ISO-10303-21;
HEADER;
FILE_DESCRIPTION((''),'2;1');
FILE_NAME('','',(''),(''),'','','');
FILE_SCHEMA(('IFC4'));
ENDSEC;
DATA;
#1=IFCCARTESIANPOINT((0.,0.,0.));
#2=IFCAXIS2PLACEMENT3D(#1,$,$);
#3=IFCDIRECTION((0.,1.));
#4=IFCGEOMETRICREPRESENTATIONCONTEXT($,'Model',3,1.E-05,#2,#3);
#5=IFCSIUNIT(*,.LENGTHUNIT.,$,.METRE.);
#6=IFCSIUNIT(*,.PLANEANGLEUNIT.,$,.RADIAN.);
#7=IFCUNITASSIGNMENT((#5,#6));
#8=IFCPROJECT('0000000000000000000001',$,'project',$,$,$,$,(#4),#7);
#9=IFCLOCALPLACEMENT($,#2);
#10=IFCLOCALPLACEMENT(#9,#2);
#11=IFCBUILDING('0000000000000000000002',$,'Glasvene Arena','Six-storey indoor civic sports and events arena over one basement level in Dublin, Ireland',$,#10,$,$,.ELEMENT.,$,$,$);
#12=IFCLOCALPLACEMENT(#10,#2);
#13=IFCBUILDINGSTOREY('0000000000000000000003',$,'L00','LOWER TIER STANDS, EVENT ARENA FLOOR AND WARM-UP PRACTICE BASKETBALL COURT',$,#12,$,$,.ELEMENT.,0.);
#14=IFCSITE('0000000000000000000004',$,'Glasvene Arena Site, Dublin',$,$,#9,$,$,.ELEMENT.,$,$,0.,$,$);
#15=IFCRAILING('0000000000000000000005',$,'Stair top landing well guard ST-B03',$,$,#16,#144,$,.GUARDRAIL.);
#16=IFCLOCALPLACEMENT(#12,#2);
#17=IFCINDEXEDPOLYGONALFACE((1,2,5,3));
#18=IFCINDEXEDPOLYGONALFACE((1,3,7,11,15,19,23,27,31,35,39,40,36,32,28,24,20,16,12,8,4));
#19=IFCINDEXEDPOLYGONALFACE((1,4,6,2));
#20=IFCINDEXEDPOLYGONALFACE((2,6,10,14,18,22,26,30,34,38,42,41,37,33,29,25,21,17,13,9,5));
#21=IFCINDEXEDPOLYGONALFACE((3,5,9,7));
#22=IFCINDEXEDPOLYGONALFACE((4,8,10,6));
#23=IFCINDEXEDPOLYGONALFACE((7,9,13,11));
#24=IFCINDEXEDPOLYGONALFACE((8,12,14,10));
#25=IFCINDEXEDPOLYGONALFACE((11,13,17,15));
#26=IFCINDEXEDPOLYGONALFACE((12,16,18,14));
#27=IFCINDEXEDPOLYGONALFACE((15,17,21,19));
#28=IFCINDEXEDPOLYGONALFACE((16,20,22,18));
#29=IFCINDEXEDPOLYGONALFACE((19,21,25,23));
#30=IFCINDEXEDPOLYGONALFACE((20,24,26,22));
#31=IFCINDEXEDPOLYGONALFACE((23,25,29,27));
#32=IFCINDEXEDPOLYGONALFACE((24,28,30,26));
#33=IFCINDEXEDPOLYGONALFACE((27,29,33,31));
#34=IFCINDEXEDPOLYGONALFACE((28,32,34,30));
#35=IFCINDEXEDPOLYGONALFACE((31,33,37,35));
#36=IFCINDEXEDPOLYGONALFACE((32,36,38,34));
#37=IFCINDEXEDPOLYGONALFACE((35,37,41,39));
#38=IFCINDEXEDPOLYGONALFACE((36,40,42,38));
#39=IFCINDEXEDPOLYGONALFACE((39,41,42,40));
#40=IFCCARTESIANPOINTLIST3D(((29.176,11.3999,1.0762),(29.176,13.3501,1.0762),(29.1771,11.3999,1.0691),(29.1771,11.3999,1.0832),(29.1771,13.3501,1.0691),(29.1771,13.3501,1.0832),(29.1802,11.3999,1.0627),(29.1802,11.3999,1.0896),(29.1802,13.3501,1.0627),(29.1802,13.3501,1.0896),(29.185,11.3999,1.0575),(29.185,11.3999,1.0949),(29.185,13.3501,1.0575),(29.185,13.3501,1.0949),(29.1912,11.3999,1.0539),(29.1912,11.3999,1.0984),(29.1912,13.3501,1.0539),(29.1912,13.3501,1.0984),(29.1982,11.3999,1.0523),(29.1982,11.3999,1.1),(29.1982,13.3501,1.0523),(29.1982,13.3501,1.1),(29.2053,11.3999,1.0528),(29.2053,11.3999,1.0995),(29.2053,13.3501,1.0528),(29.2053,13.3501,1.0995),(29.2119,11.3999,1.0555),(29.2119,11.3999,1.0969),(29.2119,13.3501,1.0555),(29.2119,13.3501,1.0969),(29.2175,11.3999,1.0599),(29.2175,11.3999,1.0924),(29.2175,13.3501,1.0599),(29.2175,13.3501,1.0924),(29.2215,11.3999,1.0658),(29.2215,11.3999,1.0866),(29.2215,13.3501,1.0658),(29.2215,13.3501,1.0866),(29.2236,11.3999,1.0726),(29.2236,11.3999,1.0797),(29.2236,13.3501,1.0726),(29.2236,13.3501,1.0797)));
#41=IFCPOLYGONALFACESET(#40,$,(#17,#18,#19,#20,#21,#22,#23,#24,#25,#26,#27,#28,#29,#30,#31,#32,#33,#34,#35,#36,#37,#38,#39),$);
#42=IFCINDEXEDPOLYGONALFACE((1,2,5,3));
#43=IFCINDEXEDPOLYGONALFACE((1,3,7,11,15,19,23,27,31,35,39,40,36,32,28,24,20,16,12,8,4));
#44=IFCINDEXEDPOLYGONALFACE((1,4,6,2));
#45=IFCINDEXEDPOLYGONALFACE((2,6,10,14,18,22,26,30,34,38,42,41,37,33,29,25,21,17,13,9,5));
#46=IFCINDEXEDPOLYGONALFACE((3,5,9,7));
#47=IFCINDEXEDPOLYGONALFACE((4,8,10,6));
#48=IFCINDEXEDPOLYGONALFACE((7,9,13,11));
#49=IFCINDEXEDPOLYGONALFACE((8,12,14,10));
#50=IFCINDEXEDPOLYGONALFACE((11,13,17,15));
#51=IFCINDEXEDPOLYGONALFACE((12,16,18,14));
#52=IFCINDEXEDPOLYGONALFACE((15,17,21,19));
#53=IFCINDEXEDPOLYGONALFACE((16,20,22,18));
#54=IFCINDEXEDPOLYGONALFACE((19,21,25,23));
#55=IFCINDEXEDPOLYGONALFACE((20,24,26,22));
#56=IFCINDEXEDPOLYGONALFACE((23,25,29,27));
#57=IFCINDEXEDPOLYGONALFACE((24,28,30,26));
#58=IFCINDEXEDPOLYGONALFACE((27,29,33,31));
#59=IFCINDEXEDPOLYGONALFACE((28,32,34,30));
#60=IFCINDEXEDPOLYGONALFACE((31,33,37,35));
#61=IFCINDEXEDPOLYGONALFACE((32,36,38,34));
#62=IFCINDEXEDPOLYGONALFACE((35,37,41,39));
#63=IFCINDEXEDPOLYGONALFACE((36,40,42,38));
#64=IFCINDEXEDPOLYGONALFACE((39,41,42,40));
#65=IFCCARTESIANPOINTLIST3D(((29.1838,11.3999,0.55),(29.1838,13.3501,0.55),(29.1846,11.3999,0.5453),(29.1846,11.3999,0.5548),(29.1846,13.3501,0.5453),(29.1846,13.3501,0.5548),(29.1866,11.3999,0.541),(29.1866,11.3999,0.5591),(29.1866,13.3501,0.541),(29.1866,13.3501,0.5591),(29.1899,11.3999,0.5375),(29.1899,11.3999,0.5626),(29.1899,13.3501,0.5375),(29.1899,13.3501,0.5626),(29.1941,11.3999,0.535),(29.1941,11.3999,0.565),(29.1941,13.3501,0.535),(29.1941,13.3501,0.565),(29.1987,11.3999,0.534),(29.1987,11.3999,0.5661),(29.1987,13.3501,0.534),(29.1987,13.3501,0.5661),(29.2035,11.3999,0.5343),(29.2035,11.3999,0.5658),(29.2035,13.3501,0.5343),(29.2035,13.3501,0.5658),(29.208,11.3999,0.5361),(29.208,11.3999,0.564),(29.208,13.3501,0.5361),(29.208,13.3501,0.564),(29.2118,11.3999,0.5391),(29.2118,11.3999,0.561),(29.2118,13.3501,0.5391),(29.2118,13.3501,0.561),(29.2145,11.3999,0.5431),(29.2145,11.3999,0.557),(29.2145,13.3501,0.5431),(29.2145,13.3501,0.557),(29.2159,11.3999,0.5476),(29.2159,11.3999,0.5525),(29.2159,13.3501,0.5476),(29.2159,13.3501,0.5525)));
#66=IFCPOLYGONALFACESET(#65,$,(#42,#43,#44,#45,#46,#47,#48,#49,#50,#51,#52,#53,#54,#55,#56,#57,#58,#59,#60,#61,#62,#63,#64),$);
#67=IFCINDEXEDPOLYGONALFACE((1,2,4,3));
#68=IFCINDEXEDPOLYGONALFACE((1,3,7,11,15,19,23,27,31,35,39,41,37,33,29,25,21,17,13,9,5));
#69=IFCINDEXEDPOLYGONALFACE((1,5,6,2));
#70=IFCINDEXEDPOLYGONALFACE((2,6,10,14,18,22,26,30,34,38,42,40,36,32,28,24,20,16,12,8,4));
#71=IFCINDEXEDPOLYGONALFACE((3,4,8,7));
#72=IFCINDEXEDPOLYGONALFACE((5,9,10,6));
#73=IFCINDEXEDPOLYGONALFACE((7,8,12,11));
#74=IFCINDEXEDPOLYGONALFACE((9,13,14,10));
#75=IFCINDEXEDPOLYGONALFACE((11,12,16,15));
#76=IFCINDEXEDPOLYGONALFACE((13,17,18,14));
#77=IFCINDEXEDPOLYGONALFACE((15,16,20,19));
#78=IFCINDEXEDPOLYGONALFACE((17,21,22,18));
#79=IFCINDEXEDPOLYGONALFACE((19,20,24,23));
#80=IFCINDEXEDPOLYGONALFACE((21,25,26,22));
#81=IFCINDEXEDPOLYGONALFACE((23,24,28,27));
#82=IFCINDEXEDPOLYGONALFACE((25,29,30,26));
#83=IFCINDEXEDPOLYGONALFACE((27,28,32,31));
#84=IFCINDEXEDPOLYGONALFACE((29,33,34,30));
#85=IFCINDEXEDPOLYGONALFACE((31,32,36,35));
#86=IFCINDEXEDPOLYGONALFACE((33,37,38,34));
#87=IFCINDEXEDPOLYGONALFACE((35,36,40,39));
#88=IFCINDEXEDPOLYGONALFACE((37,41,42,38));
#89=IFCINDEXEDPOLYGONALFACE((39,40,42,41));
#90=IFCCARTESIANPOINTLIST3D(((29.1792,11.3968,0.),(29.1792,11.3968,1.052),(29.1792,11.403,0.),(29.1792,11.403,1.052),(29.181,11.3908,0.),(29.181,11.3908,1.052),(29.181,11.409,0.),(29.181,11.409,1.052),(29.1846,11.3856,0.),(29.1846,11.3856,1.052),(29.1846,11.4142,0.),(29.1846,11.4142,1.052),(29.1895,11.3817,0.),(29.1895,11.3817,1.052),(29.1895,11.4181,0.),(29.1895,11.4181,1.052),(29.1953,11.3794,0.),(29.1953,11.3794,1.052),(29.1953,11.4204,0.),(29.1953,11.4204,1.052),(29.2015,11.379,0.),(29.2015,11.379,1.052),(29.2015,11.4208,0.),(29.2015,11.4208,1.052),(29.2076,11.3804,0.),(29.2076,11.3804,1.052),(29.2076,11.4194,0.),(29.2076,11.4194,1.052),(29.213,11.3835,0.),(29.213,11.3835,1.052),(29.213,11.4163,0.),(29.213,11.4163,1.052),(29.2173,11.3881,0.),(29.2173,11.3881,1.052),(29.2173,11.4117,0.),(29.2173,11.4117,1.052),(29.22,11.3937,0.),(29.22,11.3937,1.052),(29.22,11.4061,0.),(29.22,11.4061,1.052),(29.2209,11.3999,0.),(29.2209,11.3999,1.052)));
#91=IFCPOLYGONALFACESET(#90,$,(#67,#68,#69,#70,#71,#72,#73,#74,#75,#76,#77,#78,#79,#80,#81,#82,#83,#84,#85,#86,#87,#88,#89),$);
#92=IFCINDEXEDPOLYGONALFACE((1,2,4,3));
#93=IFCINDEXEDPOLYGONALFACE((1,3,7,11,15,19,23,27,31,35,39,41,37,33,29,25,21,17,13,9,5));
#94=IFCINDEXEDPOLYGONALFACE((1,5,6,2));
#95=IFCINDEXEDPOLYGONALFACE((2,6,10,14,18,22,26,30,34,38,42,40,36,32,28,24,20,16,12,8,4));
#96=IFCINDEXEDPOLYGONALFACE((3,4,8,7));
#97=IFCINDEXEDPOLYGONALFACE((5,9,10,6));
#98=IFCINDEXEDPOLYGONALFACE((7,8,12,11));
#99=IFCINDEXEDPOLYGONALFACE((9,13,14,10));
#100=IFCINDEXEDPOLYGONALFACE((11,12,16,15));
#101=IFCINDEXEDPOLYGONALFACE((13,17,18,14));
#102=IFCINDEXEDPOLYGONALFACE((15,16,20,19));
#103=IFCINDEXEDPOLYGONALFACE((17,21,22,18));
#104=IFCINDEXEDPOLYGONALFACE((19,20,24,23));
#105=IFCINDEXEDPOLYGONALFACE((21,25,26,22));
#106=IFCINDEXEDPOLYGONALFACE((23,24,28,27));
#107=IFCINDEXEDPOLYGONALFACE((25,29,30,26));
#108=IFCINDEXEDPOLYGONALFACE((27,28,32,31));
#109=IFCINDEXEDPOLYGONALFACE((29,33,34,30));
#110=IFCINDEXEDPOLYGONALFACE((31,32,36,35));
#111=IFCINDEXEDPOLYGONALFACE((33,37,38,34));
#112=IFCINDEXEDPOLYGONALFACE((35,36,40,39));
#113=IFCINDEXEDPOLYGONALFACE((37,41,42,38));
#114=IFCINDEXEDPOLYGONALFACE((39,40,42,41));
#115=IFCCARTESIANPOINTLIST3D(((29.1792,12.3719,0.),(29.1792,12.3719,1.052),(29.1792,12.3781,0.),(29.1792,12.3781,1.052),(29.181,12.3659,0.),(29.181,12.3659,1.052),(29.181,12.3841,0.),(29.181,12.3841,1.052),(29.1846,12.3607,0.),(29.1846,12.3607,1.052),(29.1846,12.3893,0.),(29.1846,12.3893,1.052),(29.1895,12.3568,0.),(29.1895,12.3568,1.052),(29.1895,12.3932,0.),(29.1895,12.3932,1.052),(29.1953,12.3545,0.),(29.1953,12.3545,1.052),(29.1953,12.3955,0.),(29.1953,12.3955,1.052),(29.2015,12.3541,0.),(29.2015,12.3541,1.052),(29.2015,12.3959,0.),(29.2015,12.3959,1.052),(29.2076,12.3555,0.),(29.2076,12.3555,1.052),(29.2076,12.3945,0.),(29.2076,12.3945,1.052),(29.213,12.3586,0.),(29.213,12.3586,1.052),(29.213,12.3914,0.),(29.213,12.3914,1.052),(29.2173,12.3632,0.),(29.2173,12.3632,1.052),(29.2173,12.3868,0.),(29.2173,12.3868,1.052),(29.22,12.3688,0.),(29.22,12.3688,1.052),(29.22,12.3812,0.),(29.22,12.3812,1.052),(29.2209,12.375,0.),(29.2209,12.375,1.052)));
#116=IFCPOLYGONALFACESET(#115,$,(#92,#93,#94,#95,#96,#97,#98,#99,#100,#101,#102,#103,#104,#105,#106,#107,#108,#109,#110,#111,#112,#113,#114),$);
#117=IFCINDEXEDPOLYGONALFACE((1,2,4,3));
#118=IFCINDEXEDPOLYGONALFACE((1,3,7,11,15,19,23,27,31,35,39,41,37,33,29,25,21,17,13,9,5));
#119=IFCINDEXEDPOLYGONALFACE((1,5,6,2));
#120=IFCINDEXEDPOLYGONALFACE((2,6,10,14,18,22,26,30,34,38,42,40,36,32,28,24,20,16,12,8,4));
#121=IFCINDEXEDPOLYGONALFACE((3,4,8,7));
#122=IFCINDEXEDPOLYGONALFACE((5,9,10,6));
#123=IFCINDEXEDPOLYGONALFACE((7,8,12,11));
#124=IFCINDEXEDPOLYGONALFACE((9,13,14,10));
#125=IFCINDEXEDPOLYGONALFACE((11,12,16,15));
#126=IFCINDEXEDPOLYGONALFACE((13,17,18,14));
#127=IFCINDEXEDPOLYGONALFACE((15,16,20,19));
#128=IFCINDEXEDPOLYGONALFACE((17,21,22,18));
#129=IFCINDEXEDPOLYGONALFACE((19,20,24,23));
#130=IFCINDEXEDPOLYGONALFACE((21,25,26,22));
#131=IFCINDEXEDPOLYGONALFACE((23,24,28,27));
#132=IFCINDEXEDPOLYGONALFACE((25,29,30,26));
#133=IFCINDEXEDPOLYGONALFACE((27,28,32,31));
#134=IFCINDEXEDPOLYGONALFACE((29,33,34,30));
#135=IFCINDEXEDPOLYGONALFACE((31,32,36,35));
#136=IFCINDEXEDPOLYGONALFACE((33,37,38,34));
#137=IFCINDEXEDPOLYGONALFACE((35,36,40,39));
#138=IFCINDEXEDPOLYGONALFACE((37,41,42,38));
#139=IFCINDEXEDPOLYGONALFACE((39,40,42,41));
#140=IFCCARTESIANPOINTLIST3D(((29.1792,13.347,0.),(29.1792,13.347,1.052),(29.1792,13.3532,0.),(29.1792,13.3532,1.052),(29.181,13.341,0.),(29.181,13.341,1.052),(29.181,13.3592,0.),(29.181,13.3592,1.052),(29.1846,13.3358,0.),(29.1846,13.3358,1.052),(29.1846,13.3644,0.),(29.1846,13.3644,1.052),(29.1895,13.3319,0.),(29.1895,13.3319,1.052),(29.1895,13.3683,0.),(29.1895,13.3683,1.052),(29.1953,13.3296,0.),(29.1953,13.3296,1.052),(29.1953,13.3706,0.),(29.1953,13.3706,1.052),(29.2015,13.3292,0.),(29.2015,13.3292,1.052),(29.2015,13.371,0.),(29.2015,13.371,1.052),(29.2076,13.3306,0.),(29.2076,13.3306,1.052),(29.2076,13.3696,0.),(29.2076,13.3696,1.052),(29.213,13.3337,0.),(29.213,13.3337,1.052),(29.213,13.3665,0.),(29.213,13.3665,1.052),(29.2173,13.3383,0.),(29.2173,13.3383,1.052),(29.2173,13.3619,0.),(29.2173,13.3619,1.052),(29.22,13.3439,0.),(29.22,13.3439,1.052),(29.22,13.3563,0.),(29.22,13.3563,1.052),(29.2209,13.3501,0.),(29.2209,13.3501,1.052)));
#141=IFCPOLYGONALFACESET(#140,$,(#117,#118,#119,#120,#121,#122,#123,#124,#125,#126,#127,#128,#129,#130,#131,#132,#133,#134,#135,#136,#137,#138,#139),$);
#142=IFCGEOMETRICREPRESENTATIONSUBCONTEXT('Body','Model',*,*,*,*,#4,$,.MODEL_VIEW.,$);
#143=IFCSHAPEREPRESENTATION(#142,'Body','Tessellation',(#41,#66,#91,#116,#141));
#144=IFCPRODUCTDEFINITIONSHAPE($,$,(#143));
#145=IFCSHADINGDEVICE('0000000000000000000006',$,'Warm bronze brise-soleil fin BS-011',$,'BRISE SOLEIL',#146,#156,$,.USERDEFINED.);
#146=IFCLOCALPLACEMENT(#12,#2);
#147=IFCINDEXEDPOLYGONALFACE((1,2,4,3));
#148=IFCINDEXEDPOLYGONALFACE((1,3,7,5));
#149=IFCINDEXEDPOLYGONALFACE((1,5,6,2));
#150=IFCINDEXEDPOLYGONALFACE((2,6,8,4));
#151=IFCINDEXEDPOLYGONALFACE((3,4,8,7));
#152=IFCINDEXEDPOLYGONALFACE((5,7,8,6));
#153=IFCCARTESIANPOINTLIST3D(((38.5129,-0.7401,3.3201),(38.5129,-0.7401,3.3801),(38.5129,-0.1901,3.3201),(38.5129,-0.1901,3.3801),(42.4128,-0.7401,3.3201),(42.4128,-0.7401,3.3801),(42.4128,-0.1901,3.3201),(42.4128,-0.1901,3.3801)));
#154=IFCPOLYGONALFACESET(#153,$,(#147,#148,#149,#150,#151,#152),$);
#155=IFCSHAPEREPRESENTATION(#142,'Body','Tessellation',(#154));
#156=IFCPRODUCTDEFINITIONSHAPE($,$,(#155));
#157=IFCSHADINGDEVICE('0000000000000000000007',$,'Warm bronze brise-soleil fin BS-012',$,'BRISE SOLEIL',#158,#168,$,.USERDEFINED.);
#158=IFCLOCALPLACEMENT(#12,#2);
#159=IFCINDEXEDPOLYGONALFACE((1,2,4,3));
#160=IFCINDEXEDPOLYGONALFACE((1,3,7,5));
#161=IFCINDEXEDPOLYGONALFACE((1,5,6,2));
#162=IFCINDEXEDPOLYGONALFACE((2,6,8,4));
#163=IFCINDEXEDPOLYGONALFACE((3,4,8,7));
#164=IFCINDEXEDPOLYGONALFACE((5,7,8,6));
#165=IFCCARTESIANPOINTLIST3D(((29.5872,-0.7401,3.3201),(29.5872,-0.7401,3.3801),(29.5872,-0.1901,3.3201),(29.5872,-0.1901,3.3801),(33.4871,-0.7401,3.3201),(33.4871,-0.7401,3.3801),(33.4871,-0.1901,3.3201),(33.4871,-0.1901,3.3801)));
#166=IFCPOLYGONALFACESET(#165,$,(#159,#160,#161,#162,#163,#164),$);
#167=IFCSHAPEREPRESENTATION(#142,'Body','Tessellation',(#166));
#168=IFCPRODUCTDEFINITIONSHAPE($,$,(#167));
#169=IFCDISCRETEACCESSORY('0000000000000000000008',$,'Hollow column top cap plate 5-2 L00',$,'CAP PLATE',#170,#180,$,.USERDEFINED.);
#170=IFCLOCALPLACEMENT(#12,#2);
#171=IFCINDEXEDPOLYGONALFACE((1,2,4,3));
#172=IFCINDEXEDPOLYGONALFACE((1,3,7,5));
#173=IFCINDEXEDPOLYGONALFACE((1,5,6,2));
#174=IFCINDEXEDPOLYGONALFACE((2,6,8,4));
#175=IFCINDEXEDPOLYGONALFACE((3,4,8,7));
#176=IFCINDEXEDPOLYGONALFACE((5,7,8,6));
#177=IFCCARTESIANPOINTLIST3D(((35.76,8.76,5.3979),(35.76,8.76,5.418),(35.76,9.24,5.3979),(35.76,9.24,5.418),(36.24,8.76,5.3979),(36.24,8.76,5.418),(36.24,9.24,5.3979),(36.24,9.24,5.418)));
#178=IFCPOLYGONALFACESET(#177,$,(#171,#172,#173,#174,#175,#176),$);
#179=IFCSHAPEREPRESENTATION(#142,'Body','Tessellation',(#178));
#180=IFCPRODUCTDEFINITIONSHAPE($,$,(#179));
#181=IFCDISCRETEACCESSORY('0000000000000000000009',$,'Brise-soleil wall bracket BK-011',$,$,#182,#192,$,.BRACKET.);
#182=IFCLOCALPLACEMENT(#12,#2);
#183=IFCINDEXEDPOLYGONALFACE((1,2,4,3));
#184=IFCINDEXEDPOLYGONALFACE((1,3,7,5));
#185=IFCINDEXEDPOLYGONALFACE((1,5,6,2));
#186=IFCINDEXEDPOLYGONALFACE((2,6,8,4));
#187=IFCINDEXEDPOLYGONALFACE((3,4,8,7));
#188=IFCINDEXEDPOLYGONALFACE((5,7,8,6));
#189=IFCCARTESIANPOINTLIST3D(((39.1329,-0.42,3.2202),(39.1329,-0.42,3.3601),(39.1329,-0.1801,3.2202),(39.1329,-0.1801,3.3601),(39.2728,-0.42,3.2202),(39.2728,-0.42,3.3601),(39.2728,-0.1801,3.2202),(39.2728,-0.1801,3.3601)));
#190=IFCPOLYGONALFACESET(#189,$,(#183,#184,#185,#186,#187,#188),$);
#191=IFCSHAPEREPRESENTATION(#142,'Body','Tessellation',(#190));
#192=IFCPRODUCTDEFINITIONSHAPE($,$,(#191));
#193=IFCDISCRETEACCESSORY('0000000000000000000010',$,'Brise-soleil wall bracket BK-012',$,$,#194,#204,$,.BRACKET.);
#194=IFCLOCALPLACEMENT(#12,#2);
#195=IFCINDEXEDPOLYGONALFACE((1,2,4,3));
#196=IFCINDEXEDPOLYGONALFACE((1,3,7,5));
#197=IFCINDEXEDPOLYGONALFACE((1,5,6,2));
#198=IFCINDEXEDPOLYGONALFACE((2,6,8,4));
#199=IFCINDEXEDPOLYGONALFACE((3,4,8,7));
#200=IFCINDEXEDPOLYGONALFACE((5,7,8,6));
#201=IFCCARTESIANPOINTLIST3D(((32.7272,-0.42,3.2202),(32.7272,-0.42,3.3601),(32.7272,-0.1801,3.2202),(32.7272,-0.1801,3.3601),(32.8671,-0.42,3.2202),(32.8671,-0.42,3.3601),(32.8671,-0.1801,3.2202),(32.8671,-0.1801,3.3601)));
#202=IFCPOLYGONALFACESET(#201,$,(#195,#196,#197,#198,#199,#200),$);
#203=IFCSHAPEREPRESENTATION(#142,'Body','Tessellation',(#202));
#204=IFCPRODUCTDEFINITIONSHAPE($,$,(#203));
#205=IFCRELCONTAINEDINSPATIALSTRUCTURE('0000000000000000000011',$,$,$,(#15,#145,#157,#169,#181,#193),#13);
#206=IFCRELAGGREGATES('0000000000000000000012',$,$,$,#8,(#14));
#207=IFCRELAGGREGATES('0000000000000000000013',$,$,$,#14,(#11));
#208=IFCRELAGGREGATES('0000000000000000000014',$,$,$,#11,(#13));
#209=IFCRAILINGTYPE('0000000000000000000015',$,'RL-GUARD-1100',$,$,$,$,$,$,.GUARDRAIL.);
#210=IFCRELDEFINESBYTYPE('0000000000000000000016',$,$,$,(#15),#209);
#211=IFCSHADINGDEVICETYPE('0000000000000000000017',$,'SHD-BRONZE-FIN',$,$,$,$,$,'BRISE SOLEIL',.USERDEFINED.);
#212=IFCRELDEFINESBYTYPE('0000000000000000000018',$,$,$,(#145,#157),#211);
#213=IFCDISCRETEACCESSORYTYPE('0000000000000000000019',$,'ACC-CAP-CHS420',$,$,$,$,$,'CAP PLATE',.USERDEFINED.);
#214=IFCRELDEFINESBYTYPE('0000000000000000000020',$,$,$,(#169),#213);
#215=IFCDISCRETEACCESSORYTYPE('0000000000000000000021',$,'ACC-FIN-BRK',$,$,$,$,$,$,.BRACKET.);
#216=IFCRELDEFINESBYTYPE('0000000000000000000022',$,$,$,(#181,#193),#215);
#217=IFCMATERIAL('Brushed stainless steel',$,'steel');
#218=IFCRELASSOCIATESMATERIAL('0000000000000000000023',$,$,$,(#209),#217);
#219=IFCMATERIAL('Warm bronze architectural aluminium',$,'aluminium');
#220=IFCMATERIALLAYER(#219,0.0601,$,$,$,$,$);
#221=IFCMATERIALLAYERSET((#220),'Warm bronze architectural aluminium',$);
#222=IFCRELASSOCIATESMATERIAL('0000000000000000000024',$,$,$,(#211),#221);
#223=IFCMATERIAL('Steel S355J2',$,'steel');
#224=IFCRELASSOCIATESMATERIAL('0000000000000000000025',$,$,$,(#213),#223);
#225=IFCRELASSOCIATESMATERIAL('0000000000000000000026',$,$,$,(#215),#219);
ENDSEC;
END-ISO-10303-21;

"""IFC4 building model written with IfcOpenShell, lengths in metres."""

from ifc_helpers import new_model, si_unit, direction, frame, origin, origin_2d, place, context, subcontext, project, spatial, rectangle, circle, extrude, material, layer, layer_set, type_object, element, save


model = new_model("IFC4")

# Units and contexts
model_context = context("Model", 3, precision=1e-05, world=origin(), true_north=direction((0.0, 1.0)))
body_context = subcontext(model_context, "Body", "Model", "MODEL_VIEW")
ifc_project = project(units=[si_unit("LENGTHUNIT", "METRE"), si_unit("PLANEANGLEUNIT", "RADIAN")], contexts=[model_context])

# Site, building, storey
site_placement = place(None, origin())
site = spatial("IfcSite", under=ifc_project, at=site_placement, Name="Glasvene Arena Site, Dublin", CompositionType="ELEMENT", RefElevation=0.0)
building_placement = place(site_placement, origin())
building = spatial("IfcBuilding", under=site, at=building_placement, Name="Glasvene Arena", Description="Six-storey indoor civic sports and events arena over one basement level in Dublin, Ireland", CompositionType="ELEMENT")
storey_placement = place(building_placement, origin())
storey = spatial("IfcBuildingStorey", under=building, at=storey_placement, Name="L00", Description="LOWER TIER STANDS, EVENT ARENA FLOOR AND WARM-UP PRACTICE BASKETBALL COURT", CompositionType="ELEMENT", Elevation=0.0)

# Shared definitions
ifc_material_1 = material(Name="Steel S355J2", Category="steel")

# Railing
ifc_material_2 = material(Name="Brushed stainless steel", Category="steel")
railing_type = type_object("IfcRailingType", Name="RL-GUARD-1100", PredefinedType="GUARDRAIL", material=ifc_material_2)
railing_placement = place(storey_placement, frame((29.2, 11.3999, 0.0)))
element("IfcRailing", 1, at=railing_placement, inside=storey, type_object=railing_type, Name="Stair top landing well guard ST-B03", PredefinedType="GUARDRAIL", context=body_context, shape_type="SweptSolid", body=[
    extrude(circle(Radius=0.0239, at=origin_2d()), frame((0.0, 0.0, 1.0762), z_axis=(0.0, 1.0, 0.0), x_axis=(-1.0, 0.0, 0.0)), (0.0, 0.0, 1.0), 1.9502),
    extrude(circle(Radius=0.0161, at=origin_2d()), frame((0.0, 0.0, 0.55), z_axis=(0.0, 1.0, 0.0), x_axis=(-1.0, 0.0, 0.0)), (0.0, 0.0, 1.0), 1.9502),
    extrude(circle(Radius=0.021, at=origin_2d()), origin(), (0.0, 0.0, 1.0), 1.052),
    extrude(circle(Radius=0.021, at=origin_2d()), frame((0.0, 0.9751, 0.0)), (0.0, 0.0, 1.0), 1.052),
    extrude(circle(Radius=0.021, at=origin_2d()), frame((0.0, 1.9502, 0.0)), (0.0, 0.0, 1.0), 1.052),
])

# Shading devices
ifc_material_3 = material(Name="Warm bronze architectural aluminium", Category="aluminium")
ifc_layer_1 = layer(ifc_material_3, 0.0601)
ifc_layer_set_1 = layer_set([ifc_layer_1], Name="Warm bronze architectural aluminium")
shading_device_type = type_object("IfcShadingDeviceType", Name="SHD-BRONZE-FIN", ElementType="BRISE SOLEIL", PredefinedType="USERDEFINED", material=ifc_layer_set_1)
for number, where, z_axis, x_axis, name in (
    (2, (40.4629, -0.4651, 3.3201), (0.0, 0.0, 1.0), (-1.0, 0.0, 0.0), "Warm bronze brise-soleil fin BS-011"),
    (3, (31.5371, -0.4651, 3.3201), (0.0, 0.0, 1.0), (-1.0, 0.0, 0.0), "Warm bronze brise-soleil fin BS-012"),
):
    element("IfcShadingDevice", number, at=place(storey_placement, frame(where, z_axis=z_axis, x_axis=x_axis)), inside=storey, type_object=shading_device_type, Name=name, ObjectType="BRISE SOLEIL", PredefinedType="USERDEFINED", context=body_context, shape_type="SweptSolid", body=[
        extrude(rectangle(XDim=3.8999, YDim=0.55, at=origin_2d()), origin(), (0.0, 0.0, 1.0), 0.0601),
    ])

# Discrete accessories
discrete_accessory_type_1 = type_object("IfcDiscreteAccessoryType", Name="ACC-CAP-CHS420", ElementType="CAP PLATE", PredefinedType="USERDEFINED", material=ifc_material_1)
discrete_accessory_placement = place(storey_placement, frame((36.0, 9.0, 5.3979), z_axis=(0.0, 0.0, 1.0), x_axis=(1.0, 0.0, 0.0)))
element("IfcDiscreteAccessory", 4, at=discrete_accessory_placement, inside=storey, type_object=discrete_accessory_type_1, Name="Hollow column top cap plate 5-2 L00", ObjectType="CAP PLATE", PredefinedType="USERDEFINED", context=body_context, shape_type="SweptSolid", body=[
    extrude(rectangle(XDim=0.48, YDim=0.48, at=origin_2d()), origin(), (0.0, 0.0, 1.0), 0.02),
])
discrete_accessory_type_2 = type_object("IfcDiscreteAccessoryType", Name="ACC-FIN-BRK", PredefinedType="BRACKET", material=ifc_material_3)
for number, where, z_axis, x_axis, name in (
    (5, (39.2029, -0.3, 3.2202), (0.0, 0.0, 1.0), (-1.0, 0.0, 0.0), "Brise-soleil wall bracket BK-011"),
    (6, (32.7971, -0.3, 3.2202), (0.0, 0.0, 1.0), (-1.0, 0.0, 0.0), "Brise-soleil wall bracket BK-012"),
):
    element("IfcDiscreteAccessory", number, at=place(storey_placement, frame(where, z_axis=z_axis, x_axis=x_axis)), inside=storey, type_object=discrete_accessory_type_2, Name=name, PredefinedType="BRACKET", context=body_context, shape_type="SweptSolid", body=[
        extrude(rectangle(XDim=0.1399, YDim=0.24, at=origin_2d()), origin(), (0.0, 0.0, 1.0), 0.1399),
    ])

save(model, "model.ifc")
